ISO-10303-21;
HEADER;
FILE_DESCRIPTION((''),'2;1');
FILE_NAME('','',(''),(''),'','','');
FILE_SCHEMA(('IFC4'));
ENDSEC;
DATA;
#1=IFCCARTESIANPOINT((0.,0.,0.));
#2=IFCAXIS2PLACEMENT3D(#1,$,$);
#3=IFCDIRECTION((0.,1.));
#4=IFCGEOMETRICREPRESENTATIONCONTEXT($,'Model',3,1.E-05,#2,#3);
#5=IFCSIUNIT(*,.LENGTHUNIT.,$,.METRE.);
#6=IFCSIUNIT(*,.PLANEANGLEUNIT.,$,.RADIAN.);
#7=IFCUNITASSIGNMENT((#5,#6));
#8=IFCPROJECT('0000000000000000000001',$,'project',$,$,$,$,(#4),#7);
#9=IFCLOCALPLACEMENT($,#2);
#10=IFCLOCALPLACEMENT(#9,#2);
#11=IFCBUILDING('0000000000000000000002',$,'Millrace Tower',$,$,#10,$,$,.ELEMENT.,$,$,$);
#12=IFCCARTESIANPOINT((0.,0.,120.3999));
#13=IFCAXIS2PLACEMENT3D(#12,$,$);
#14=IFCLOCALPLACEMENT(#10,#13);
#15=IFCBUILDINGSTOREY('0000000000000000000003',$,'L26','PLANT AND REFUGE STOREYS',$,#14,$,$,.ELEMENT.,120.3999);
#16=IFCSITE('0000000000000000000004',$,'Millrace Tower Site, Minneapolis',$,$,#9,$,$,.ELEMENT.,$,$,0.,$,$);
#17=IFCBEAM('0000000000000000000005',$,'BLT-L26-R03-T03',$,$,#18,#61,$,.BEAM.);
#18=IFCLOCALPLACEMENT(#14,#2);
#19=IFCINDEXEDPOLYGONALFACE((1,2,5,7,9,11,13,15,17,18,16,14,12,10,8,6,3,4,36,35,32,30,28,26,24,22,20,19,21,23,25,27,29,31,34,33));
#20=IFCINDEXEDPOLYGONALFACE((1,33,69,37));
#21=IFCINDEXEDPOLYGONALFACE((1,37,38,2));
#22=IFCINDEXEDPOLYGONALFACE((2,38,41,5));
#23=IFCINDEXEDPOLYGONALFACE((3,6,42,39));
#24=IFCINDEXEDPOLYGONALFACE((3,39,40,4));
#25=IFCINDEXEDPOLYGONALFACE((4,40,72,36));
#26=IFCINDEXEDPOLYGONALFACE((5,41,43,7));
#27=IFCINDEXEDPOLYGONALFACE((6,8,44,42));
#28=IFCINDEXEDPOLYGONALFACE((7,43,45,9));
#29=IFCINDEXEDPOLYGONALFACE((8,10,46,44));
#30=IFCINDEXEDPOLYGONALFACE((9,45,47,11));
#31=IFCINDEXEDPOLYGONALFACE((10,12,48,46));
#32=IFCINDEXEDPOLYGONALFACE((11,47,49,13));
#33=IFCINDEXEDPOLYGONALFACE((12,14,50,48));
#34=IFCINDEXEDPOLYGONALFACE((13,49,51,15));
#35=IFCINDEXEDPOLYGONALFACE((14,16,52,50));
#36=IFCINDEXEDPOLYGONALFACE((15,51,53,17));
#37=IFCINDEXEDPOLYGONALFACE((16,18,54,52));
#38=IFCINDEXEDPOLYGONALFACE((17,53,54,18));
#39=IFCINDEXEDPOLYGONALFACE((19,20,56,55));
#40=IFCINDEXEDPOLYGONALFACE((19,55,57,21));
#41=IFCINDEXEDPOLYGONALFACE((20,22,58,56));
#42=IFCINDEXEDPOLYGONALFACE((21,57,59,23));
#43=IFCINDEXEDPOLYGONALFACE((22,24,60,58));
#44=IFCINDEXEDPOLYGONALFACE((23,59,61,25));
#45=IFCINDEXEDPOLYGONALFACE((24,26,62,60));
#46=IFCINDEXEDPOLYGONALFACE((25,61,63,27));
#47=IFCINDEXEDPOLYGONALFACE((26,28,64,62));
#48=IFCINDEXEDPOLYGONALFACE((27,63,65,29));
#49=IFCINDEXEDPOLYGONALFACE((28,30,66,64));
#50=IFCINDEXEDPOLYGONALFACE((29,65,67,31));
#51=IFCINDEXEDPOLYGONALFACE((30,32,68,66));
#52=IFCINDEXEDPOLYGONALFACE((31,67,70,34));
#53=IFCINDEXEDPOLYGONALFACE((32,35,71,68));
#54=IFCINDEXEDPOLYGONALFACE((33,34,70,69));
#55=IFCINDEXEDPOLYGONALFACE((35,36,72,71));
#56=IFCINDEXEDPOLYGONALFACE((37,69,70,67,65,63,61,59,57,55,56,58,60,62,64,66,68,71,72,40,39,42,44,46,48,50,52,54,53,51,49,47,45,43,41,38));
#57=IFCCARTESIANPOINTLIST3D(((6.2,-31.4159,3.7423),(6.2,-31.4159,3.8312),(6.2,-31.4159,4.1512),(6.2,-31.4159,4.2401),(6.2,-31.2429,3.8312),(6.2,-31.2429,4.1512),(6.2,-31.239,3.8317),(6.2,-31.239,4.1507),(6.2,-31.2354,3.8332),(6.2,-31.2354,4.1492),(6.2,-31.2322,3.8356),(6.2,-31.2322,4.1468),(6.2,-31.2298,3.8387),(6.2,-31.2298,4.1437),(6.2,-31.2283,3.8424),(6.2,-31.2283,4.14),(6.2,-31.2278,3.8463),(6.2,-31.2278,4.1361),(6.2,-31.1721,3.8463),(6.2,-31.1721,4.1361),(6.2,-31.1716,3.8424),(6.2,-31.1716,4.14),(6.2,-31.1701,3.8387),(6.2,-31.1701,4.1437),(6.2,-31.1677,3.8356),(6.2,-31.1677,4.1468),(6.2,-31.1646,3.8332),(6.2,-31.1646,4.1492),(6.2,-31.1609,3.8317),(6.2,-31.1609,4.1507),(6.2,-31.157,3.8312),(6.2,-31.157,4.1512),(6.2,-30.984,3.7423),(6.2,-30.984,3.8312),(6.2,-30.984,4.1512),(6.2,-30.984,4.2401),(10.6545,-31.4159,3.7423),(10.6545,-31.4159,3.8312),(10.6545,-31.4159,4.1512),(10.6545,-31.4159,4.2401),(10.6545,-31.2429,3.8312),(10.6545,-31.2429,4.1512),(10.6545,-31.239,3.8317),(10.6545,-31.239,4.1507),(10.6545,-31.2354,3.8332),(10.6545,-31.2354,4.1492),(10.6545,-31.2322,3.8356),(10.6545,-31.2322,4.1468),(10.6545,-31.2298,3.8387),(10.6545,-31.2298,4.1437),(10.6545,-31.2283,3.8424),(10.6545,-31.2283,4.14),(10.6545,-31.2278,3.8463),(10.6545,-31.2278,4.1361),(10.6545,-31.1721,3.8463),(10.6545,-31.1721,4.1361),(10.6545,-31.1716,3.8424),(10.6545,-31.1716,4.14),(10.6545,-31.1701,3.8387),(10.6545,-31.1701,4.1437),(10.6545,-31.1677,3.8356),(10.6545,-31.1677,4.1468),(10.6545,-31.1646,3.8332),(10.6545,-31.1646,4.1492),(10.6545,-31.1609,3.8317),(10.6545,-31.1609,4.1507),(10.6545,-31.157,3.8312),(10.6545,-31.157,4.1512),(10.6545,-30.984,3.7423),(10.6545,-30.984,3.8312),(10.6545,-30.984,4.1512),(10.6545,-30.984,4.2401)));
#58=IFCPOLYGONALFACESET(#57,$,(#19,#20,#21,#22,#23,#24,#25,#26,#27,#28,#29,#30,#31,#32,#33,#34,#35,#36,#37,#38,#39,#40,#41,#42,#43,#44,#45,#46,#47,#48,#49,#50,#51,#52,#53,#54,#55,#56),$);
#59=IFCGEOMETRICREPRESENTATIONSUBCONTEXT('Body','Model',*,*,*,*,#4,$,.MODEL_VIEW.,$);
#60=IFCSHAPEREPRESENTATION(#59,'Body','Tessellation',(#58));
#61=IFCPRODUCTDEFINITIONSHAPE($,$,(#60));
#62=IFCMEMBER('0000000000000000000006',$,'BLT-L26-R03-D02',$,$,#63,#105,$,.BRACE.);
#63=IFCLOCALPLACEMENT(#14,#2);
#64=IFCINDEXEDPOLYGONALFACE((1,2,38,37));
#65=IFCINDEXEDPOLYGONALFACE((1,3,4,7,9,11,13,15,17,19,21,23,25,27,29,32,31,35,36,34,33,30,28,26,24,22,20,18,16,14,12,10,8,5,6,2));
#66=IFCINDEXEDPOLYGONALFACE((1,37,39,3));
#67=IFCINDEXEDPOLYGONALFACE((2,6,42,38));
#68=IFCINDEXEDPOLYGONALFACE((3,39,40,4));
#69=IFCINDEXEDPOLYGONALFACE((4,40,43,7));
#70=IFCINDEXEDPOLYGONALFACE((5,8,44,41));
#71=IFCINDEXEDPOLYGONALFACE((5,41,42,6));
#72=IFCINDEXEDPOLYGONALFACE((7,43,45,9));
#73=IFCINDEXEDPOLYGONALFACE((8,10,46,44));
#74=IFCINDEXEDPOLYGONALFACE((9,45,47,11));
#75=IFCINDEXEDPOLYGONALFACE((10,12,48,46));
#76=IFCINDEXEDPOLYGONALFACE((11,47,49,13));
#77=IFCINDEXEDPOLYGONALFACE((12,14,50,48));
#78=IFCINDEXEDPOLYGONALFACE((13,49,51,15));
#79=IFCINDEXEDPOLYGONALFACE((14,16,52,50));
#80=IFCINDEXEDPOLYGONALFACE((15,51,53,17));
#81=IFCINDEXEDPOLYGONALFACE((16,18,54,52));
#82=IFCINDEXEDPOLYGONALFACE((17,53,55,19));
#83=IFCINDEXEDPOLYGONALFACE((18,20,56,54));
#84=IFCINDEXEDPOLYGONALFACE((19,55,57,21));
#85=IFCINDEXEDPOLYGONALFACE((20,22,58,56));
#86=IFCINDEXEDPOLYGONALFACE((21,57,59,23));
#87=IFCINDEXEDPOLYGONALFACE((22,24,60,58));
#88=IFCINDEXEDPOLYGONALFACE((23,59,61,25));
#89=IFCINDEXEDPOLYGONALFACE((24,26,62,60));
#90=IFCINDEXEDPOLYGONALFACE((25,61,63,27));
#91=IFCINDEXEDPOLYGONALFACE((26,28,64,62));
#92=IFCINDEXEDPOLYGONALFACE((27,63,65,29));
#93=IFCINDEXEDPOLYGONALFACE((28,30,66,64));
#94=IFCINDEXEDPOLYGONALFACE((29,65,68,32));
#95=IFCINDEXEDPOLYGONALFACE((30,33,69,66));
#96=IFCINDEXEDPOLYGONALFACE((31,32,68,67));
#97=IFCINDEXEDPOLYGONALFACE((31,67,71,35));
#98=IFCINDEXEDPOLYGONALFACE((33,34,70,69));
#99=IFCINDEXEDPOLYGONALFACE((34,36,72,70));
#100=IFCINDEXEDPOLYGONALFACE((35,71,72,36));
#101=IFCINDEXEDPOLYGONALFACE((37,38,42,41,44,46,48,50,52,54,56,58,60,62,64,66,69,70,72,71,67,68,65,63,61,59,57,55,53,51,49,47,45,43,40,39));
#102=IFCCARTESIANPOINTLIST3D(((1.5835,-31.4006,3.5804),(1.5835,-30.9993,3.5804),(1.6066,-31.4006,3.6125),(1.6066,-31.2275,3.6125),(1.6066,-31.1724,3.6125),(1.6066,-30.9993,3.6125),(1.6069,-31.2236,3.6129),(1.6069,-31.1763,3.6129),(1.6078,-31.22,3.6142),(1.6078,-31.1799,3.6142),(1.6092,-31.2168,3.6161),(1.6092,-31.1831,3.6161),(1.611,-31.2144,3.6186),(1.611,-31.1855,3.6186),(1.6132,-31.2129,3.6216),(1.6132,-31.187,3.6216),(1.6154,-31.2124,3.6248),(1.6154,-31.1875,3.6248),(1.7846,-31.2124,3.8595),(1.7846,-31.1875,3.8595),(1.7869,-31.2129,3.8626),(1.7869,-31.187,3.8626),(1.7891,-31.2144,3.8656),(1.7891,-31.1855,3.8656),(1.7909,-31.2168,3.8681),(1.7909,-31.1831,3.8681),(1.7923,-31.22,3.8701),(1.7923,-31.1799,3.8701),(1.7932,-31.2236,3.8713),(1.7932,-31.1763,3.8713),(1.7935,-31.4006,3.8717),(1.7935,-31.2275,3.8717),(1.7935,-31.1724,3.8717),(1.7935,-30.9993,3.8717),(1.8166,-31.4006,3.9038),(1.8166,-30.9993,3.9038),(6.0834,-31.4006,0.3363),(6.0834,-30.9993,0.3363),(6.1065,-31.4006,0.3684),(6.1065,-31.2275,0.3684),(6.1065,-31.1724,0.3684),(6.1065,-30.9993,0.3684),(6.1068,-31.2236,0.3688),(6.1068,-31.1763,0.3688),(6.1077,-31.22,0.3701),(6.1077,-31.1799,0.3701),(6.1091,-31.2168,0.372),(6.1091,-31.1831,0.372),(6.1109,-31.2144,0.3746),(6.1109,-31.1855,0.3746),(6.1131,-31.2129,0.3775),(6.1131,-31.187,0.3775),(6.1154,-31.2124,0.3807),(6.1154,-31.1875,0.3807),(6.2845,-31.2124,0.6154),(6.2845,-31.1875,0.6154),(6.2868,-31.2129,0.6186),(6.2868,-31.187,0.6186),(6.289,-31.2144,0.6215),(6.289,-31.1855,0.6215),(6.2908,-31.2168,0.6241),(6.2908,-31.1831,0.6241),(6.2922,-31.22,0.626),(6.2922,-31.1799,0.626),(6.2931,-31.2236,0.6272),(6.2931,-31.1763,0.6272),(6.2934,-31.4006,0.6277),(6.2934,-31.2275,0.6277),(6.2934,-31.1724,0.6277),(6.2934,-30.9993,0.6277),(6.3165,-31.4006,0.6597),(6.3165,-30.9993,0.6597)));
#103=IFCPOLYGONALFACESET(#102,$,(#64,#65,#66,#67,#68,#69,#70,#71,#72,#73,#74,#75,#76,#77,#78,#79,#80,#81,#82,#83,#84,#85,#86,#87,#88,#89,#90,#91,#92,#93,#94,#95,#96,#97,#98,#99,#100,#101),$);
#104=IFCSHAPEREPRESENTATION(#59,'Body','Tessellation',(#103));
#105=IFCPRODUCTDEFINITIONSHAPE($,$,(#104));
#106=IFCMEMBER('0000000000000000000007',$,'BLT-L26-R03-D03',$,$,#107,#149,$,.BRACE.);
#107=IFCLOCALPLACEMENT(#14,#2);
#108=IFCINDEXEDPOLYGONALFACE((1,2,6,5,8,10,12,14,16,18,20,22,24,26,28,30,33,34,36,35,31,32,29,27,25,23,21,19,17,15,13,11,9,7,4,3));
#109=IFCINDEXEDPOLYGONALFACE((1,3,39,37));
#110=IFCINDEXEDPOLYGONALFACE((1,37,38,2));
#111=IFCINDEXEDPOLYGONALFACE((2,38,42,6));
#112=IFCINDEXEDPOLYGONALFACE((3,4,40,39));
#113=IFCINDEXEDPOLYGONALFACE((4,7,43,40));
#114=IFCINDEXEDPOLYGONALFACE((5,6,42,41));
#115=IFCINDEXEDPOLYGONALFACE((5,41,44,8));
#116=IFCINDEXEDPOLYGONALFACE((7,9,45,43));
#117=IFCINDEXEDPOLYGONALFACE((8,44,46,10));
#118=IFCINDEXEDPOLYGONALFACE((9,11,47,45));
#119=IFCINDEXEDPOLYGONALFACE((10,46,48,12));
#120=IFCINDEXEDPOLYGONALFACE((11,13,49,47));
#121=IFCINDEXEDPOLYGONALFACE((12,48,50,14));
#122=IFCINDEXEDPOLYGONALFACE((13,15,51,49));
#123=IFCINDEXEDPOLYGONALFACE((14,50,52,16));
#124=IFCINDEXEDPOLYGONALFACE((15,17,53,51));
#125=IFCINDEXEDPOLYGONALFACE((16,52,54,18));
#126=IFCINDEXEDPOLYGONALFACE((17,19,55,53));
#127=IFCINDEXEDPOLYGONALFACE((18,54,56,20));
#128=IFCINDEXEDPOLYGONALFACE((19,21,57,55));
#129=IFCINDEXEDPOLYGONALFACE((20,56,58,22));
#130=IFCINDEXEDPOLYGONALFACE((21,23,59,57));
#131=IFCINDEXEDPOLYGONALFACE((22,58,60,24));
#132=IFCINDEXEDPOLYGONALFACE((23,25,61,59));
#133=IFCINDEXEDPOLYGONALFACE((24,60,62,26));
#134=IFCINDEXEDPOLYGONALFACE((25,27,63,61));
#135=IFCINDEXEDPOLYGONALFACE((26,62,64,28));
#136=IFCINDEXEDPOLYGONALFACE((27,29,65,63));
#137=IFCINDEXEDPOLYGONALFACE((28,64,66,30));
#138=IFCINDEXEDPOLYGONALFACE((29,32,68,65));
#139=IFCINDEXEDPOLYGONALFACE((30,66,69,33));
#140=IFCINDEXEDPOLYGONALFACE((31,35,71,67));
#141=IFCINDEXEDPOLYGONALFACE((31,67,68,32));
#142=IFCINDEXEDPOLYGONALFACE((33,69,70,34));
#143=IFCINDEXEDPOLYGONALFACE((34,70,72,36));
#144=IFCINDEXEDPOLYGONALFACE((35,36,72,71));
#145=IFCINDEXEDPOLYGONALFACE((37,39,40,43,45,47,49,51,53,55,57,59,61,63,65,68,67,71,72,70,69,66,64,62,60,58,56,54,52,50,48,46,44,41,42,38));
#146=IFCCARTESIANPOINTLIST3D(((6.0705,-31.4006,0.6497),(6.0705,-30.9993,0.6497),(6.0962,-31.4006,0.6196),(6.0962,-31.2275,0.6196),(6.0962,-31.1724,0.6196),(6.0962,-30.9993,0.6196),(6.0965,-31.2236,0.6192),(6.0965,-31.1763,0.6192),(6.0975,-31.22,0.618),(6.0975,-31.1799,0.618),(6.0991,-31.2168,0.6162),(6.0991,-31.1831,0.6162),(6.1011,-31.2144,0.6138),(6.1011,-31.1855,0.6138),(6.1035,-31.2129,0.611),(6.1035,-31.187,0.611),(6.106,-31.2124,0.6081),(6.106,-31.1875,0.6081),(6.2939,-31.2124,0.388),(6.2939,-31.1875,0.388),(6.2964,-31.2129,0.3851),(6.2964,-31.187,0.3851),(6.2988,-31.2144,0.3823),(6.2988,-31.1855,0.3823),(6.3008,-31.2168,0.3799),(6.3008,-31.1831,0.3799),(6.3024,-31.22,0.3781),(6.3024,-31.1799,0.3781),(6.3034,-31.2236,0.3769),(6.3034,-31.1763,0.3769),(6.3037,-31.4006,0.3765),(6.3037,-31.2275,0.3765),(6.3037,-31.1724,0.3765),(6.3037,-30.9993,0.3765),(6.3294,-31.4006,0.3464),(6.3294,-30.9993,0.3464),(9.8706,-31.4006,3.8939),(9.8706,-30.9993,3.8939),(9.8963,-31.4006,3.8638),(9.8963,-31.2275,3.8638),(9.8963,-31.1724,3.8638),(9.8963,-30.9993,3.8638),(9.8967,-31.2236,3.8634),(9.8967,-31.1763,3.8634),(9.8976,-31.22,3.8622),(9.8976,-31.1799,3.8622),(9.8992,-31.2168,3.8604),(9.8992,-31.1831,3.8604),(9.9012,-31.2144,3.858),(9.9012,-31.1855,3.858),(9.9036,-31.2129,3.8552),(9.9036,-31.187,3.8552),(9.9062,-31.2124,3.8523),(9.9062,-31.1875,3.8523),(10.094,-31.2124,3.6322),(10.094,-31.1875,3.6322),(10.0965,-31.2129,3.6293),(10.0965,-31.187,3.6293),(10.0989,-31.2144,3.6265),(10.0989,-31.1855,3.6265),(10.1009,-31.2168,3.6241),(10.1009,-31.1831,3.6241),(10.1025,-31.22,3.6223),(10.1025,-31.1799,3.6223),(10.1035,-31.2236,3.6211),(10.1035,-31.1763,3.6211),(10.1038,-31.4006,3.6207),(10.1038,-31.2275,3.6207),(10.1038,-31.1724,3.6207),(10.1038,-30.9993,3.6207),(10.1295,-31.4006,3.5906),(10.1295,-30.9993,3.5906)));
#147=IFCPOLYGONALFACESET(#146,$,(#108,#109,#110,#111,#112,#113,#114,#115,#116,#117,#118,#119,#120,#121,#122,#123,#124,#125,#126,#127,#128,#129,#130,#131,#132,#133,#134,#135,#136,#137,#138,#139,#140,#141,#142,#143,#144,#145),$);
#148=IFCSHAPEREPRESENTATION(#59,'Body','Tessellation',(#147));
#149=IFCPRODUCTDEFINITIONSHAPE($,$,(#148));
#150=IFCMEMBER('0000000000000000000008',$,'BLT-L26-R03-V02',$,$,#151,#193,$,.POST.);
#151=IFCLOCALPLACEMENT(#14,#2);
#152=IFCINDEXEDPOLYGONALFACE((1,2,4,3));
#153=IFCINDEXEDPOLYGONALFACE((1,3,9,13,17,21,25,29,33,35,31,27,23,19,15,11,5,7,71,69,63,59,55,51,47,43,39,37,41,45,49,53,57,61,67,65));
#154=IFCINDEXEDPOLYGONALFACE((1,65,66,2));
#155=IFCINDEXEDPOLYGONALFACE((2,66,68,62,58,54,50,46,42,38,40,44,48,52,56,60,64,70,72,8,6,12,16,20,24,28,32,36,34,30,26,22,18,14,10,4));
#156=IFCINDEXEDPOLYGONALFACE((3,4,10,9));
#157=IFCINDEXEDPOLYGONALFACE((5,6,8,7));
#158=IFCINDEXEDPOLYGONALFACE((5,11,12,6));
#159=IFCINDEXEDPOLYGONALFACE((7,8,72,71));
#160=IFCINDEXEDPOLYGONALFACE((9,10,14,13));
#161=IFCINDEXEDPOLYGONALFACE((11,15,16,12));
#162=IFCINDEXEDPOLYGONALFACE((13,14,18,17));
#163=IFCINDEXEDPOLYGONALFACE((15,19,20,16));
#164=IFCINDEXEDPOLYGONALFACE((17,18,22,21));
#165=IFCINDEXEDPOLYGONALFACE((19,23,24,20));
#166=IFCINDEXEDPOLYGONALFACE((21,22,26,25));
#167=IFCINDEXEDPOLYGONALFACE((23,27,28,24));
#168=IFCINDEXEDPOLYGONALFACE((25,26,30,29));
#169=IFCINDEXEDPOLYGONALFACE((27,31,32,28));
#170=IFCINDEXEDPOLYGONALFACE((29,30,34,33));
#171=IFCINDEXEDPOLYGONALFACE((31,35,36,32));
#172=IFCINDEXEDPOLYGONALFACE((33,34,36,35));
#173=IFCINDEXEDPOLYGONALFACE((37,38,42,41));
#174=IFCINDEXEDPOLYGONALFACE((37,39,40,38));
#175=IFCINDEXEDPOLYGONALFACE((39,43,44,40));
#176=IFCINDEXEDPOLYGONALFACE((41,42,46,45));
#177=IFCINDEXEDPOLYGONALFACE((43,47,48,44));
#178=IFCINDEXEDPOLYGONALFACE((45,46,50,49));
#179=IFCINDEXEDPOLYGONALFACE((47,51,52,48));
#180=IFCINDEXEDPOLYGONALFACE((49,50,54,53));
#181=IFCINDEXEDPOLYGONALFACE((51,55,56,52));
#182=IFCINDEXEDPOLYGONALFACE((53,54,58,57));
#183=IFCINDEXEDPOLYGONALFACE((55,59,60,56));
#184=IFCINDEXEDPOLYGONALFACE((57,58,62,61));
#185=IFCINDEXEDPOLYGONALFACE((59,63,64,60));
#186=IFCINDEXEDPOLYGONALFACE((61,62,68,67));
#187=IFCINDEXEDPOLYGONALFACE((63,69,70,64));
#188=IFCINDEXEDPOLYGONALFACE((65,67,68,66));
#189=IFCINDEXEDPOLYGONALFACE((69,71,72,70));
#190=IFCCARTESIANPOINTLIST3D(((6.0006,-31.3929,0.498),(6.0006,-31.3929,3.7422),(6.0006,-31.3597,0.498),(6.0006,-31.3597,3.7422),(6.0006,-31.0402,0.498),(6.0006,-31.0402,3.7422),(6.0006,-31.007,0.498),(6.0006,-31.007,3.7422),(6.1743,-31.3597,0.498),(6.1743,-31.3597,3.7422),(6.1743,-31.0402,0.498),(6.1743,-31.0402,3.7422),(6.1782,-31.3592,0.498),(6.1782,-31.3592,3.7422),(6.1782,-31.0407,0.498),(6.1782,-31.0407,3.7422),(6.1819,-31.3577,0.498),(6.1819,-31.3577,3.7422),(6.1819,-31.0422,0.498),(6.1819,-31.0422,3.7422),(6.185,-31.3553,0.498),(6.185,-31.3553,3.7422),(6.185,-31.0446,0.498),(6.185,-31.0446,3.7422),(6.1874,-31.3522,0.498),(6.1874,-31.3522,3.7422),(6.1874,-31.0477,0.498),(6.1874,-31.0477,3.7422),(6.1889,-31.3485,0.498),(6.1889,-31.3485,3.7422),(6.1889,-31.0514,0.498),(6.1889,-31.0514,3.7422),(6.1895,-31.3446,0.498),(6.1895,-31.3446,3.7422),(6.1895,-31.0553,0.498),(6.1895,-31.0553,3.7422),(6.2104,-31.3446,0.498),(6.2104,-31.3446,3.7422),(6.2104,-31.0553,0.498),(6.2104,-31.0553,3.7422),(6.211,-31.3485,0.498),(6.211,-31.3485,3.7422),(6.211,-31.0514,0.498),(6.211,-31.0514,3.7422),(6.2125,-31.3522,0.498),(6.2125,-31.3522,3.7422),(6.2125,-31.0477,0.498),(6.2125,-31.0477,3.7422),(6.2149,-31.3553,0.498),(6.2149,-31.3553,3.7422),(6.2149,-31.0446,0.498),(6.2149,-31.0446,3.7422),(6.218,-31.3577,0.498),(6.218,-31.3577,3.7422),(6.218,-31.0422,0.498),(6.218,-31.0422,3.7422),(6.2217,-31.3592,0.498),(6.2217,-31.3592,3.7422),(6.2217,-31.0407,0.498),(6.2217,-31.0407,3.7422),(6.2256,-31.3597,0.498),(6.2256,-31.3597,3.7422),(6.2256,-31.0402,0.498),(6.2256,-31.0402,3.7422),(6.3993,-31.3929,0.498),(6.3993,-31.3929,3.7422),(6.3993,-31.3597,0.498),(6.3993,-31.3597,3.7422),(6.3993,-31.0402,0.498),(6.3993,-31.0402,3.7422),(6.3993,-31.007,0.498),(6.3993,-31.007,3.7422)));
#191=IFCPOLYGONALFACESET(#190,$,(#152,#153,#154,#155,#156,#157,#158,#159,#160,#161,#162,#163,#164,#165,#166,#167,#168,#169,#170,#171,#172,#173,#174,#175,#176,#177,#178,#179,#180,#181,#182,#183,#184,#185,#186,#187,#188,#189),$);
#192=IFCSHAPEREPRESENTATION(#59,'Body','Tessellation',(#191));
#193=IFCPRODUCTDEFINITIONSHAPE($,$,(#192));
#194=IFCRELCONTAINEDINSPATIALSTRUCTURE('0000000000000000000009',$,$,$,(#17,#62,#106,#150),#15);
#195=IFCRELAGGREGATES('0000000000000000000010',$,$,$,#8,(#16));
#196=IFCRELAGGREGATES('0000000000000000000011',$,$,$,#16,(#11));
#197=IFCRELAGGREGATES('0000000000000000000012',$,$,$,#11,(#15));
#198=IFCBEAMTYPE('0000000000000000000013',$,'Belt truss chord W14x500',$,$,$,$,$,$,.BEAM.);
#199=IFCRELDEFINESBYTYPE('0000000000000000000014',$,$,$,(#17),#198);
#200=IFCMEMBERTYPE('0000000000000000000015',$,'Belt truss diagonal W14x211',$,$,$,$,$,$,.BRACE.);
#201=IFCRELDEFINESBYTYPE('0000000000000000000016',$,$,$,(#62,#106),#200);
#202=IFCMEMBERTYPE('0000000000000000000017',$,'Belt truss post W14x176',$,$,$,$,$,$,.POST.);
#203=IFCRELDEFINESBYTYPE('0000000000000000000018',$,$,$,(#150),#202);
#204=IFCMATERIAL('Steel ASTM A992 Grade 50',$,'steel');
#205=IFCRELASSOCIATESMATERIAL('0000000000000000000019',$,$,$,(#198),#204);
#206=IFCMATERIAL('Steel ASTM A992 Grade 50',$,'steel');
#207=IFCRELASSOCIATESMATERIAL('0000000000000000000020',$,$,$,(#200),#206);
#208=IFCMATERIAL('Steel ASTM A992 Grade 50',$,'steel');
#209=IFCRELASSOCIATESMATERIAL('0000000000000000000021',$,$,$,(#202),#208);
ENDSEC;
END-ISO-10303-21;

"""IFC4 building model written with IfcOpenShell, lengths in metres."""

from ifc_helpers import new_model, si_unit, direction, frame, origin, origin_2d, place, context, subcontext, project, spatial, i_section, extrude, material, material_profile, profile_set, type_object, element, save


model = new_model("IFC4")

# Units and contexts
model_context = context("Model", 3, precision=1e-05, world=origin(), true_north=direction((0.0, 1.0)))
body_context = subcontext(model_context, "Body", "Model", "MODEL_VIEW")
ifc_project = project(units=[si_unit("LENGTHUNIT", "METRE"), si_unit("PLANEANGLEUNIT", "RADIAN")], contexts=[model_context])

# Site, building, storey
site_placement = place(None, origin())
site = spatial("IfcSite", under=ifc_project, at=site_placement, Name="Millrace Tower Site, Minneapolis", CompositionType="ELEMENT", RefElevation=0.0)
building_placement = place(site_placement, origin())
building = spatial("IfcBuilding", under=site, at=building_placement, Name="Millrace Tower", CompositionType="ELEMENT")
storey_placement = place(building_placement, frame((0.0, 0.0, 120.3999)))
storey = spatial("IfcBuildingStorey", under=building, at=storey_placement, Name="L26", Description="PLANT AND REFUGE STOREYS", CompositionType="ELEMENT", Elevation=120.3999)

# Beam
ifc_material_1 = material(Name="Steel ASTM A992 Grade 50", Category="steel")
ifc_material_profile_1 = material_profile(ifc_material_1, i_section(OverallWidth=0.4319, OverallDepth=0.4978, WebThickness=0.0557, FlangeThickness=0.0889, FilletRadius=0.0151, at=origin_2d()))
ifc_profile_set_1 = profile_set([ifc_material_profile_1], Name="Steel ASTM A992 Grade 50")
beam_type_1 = type_object("IfcBeamType", Name="Belt truss chord W14x500", PredefinedType="BEAM", material=ifc_profile_set_1)
beam_1_placement = place(storey_placement, frame((6.2, -31.2, 3.9912), z_axis=(1.0, 0.0, 0.0), x_axis=(0.0, 1.0, 0.0)))
element("IfcBeam", 1, at=beam_1_placement, inside=storey, type_object=beam_type_1, Name="BLT-L26-R03-T03", PredefinedType="BEAM", context=body_context, shape_type="SweptSolid", body=[
    extrude(i_section(OverallWidth=0.4319, OverallDepth=0.4978, WebThickness=0.0557, FlangeThickness=0.0889, FilletRadius=0.0151, at=origin_2d()), origin(), (0.0, 0.0, 1.0), 4.4546),
])

# Members
ifc_material_2 = material(Name="Steel ASTM A992 Grade 50", Category="steel")
ifc_material_profile_2 = material_profile(ifc_material_2, i_section(OverallWidth=0.4014, OverallDepth=0.3987, WebThickness=0.0249, FlangeThickness=0.0396, FilletRadius=0.0151, at=origin_2d()))
ifc_profile_set_2 = profile_set([ifc_material_profile_2], Name="Steel ASTM A992 Grade 50")
member_type_1 = type_object("IfcMemberType", Name="Belt truss diagonal W14x211", PredefinedType="BRACE", material=ifc_profile_set_2)
member_1_placement = place(storey_placement, frame((6.2, -31.2, 0.498), z_axis=(-0.81118, 0.0, 0.584796), x_axis=(0.0, -1.0, 0.0)))
element("IfcMember", 2, at=member_1_placement, inside=storey, type_object=member_type_1, Name="BLT-L26-R03-D02", PredefinedType="BRACE", context=body_context, shape_type="SweptSolid", body=[
    extrude(i_section(OverallWidth=0.4014, OverallDepth=0.3987, WebThickness=0.0249, FlangeThickness=0.0396, FilletRadius=0.0151, at=origin_2d()), origin(), (0.0, 0.0, 1.0), 5.5474),
])
member_2_placement = place(storey_placement, frame((6.2, -31.2, 0.498), z_axis=(0.760545, 0.0, 0.649285), x_axis=(0.0, 1.0, 0.0)))
element("IfcMember", 3, at=member_2_placement, inside=storey, type_object=member_type_1, Name="BLT-L26-R03-D03", PredefinedType="BRACE", context=body_context, shape_type="SweptSolid", body=[
    extrude(i_section(OverallWidth=0.4014, OverallDepth=0.3987, WebThickness=0.0249, FlangeThickness=0.0396, FilletRadius=0.0151, at=origin_2d()), origin(), (0.0, 0.0, 1.0), 4.9966),
])
ifc_material_3 = material(Name="Steel ASTM A992 Grade 50", Category="steel")
ifc_material_profile_3 = material_profile(ifc_material_3, i_section(OverallWidth=0.3987, OverallDepth=0.386, WebThickness=0.021, FlangeThickness=0.0332, FilletRadius=0.0151, at=origin_2d()))
ifc_profile_set_3 = profile_set([ifc_material_profile_3], Name="Steel ASTM A992 Grade 50")
member_type_2 = type_object("IfcMemberType", Name="Belt truss post W14x176", PredefinedType="POST", material=ifc_profile_set_3)
member_3_placement = place(storey_placement, frame((6.2, -31.2, 0.498), z_axis=(0.0, 0.0, 1.0), x_axis=(1.0, 0.0, 0.0)))
element("IfcMember", 4, at=member_3_placement, inside=storey, type_object=member_type_2, Name="BLT-L26-R03-V02", PredefinedType="POST", context=body_context, shape_type="SweptSolid", body=[
    extrude(i_section(OverallWidth=0.3987, OverallDepth=0.386, WebThickness=0.021, FlangeThickness=0.0332, FilletRadius=0.0151, at=origin_2d()), origin(), (0.0, 0.0, 1.0), 3.2441),
])

save(model, "model.ifc")
